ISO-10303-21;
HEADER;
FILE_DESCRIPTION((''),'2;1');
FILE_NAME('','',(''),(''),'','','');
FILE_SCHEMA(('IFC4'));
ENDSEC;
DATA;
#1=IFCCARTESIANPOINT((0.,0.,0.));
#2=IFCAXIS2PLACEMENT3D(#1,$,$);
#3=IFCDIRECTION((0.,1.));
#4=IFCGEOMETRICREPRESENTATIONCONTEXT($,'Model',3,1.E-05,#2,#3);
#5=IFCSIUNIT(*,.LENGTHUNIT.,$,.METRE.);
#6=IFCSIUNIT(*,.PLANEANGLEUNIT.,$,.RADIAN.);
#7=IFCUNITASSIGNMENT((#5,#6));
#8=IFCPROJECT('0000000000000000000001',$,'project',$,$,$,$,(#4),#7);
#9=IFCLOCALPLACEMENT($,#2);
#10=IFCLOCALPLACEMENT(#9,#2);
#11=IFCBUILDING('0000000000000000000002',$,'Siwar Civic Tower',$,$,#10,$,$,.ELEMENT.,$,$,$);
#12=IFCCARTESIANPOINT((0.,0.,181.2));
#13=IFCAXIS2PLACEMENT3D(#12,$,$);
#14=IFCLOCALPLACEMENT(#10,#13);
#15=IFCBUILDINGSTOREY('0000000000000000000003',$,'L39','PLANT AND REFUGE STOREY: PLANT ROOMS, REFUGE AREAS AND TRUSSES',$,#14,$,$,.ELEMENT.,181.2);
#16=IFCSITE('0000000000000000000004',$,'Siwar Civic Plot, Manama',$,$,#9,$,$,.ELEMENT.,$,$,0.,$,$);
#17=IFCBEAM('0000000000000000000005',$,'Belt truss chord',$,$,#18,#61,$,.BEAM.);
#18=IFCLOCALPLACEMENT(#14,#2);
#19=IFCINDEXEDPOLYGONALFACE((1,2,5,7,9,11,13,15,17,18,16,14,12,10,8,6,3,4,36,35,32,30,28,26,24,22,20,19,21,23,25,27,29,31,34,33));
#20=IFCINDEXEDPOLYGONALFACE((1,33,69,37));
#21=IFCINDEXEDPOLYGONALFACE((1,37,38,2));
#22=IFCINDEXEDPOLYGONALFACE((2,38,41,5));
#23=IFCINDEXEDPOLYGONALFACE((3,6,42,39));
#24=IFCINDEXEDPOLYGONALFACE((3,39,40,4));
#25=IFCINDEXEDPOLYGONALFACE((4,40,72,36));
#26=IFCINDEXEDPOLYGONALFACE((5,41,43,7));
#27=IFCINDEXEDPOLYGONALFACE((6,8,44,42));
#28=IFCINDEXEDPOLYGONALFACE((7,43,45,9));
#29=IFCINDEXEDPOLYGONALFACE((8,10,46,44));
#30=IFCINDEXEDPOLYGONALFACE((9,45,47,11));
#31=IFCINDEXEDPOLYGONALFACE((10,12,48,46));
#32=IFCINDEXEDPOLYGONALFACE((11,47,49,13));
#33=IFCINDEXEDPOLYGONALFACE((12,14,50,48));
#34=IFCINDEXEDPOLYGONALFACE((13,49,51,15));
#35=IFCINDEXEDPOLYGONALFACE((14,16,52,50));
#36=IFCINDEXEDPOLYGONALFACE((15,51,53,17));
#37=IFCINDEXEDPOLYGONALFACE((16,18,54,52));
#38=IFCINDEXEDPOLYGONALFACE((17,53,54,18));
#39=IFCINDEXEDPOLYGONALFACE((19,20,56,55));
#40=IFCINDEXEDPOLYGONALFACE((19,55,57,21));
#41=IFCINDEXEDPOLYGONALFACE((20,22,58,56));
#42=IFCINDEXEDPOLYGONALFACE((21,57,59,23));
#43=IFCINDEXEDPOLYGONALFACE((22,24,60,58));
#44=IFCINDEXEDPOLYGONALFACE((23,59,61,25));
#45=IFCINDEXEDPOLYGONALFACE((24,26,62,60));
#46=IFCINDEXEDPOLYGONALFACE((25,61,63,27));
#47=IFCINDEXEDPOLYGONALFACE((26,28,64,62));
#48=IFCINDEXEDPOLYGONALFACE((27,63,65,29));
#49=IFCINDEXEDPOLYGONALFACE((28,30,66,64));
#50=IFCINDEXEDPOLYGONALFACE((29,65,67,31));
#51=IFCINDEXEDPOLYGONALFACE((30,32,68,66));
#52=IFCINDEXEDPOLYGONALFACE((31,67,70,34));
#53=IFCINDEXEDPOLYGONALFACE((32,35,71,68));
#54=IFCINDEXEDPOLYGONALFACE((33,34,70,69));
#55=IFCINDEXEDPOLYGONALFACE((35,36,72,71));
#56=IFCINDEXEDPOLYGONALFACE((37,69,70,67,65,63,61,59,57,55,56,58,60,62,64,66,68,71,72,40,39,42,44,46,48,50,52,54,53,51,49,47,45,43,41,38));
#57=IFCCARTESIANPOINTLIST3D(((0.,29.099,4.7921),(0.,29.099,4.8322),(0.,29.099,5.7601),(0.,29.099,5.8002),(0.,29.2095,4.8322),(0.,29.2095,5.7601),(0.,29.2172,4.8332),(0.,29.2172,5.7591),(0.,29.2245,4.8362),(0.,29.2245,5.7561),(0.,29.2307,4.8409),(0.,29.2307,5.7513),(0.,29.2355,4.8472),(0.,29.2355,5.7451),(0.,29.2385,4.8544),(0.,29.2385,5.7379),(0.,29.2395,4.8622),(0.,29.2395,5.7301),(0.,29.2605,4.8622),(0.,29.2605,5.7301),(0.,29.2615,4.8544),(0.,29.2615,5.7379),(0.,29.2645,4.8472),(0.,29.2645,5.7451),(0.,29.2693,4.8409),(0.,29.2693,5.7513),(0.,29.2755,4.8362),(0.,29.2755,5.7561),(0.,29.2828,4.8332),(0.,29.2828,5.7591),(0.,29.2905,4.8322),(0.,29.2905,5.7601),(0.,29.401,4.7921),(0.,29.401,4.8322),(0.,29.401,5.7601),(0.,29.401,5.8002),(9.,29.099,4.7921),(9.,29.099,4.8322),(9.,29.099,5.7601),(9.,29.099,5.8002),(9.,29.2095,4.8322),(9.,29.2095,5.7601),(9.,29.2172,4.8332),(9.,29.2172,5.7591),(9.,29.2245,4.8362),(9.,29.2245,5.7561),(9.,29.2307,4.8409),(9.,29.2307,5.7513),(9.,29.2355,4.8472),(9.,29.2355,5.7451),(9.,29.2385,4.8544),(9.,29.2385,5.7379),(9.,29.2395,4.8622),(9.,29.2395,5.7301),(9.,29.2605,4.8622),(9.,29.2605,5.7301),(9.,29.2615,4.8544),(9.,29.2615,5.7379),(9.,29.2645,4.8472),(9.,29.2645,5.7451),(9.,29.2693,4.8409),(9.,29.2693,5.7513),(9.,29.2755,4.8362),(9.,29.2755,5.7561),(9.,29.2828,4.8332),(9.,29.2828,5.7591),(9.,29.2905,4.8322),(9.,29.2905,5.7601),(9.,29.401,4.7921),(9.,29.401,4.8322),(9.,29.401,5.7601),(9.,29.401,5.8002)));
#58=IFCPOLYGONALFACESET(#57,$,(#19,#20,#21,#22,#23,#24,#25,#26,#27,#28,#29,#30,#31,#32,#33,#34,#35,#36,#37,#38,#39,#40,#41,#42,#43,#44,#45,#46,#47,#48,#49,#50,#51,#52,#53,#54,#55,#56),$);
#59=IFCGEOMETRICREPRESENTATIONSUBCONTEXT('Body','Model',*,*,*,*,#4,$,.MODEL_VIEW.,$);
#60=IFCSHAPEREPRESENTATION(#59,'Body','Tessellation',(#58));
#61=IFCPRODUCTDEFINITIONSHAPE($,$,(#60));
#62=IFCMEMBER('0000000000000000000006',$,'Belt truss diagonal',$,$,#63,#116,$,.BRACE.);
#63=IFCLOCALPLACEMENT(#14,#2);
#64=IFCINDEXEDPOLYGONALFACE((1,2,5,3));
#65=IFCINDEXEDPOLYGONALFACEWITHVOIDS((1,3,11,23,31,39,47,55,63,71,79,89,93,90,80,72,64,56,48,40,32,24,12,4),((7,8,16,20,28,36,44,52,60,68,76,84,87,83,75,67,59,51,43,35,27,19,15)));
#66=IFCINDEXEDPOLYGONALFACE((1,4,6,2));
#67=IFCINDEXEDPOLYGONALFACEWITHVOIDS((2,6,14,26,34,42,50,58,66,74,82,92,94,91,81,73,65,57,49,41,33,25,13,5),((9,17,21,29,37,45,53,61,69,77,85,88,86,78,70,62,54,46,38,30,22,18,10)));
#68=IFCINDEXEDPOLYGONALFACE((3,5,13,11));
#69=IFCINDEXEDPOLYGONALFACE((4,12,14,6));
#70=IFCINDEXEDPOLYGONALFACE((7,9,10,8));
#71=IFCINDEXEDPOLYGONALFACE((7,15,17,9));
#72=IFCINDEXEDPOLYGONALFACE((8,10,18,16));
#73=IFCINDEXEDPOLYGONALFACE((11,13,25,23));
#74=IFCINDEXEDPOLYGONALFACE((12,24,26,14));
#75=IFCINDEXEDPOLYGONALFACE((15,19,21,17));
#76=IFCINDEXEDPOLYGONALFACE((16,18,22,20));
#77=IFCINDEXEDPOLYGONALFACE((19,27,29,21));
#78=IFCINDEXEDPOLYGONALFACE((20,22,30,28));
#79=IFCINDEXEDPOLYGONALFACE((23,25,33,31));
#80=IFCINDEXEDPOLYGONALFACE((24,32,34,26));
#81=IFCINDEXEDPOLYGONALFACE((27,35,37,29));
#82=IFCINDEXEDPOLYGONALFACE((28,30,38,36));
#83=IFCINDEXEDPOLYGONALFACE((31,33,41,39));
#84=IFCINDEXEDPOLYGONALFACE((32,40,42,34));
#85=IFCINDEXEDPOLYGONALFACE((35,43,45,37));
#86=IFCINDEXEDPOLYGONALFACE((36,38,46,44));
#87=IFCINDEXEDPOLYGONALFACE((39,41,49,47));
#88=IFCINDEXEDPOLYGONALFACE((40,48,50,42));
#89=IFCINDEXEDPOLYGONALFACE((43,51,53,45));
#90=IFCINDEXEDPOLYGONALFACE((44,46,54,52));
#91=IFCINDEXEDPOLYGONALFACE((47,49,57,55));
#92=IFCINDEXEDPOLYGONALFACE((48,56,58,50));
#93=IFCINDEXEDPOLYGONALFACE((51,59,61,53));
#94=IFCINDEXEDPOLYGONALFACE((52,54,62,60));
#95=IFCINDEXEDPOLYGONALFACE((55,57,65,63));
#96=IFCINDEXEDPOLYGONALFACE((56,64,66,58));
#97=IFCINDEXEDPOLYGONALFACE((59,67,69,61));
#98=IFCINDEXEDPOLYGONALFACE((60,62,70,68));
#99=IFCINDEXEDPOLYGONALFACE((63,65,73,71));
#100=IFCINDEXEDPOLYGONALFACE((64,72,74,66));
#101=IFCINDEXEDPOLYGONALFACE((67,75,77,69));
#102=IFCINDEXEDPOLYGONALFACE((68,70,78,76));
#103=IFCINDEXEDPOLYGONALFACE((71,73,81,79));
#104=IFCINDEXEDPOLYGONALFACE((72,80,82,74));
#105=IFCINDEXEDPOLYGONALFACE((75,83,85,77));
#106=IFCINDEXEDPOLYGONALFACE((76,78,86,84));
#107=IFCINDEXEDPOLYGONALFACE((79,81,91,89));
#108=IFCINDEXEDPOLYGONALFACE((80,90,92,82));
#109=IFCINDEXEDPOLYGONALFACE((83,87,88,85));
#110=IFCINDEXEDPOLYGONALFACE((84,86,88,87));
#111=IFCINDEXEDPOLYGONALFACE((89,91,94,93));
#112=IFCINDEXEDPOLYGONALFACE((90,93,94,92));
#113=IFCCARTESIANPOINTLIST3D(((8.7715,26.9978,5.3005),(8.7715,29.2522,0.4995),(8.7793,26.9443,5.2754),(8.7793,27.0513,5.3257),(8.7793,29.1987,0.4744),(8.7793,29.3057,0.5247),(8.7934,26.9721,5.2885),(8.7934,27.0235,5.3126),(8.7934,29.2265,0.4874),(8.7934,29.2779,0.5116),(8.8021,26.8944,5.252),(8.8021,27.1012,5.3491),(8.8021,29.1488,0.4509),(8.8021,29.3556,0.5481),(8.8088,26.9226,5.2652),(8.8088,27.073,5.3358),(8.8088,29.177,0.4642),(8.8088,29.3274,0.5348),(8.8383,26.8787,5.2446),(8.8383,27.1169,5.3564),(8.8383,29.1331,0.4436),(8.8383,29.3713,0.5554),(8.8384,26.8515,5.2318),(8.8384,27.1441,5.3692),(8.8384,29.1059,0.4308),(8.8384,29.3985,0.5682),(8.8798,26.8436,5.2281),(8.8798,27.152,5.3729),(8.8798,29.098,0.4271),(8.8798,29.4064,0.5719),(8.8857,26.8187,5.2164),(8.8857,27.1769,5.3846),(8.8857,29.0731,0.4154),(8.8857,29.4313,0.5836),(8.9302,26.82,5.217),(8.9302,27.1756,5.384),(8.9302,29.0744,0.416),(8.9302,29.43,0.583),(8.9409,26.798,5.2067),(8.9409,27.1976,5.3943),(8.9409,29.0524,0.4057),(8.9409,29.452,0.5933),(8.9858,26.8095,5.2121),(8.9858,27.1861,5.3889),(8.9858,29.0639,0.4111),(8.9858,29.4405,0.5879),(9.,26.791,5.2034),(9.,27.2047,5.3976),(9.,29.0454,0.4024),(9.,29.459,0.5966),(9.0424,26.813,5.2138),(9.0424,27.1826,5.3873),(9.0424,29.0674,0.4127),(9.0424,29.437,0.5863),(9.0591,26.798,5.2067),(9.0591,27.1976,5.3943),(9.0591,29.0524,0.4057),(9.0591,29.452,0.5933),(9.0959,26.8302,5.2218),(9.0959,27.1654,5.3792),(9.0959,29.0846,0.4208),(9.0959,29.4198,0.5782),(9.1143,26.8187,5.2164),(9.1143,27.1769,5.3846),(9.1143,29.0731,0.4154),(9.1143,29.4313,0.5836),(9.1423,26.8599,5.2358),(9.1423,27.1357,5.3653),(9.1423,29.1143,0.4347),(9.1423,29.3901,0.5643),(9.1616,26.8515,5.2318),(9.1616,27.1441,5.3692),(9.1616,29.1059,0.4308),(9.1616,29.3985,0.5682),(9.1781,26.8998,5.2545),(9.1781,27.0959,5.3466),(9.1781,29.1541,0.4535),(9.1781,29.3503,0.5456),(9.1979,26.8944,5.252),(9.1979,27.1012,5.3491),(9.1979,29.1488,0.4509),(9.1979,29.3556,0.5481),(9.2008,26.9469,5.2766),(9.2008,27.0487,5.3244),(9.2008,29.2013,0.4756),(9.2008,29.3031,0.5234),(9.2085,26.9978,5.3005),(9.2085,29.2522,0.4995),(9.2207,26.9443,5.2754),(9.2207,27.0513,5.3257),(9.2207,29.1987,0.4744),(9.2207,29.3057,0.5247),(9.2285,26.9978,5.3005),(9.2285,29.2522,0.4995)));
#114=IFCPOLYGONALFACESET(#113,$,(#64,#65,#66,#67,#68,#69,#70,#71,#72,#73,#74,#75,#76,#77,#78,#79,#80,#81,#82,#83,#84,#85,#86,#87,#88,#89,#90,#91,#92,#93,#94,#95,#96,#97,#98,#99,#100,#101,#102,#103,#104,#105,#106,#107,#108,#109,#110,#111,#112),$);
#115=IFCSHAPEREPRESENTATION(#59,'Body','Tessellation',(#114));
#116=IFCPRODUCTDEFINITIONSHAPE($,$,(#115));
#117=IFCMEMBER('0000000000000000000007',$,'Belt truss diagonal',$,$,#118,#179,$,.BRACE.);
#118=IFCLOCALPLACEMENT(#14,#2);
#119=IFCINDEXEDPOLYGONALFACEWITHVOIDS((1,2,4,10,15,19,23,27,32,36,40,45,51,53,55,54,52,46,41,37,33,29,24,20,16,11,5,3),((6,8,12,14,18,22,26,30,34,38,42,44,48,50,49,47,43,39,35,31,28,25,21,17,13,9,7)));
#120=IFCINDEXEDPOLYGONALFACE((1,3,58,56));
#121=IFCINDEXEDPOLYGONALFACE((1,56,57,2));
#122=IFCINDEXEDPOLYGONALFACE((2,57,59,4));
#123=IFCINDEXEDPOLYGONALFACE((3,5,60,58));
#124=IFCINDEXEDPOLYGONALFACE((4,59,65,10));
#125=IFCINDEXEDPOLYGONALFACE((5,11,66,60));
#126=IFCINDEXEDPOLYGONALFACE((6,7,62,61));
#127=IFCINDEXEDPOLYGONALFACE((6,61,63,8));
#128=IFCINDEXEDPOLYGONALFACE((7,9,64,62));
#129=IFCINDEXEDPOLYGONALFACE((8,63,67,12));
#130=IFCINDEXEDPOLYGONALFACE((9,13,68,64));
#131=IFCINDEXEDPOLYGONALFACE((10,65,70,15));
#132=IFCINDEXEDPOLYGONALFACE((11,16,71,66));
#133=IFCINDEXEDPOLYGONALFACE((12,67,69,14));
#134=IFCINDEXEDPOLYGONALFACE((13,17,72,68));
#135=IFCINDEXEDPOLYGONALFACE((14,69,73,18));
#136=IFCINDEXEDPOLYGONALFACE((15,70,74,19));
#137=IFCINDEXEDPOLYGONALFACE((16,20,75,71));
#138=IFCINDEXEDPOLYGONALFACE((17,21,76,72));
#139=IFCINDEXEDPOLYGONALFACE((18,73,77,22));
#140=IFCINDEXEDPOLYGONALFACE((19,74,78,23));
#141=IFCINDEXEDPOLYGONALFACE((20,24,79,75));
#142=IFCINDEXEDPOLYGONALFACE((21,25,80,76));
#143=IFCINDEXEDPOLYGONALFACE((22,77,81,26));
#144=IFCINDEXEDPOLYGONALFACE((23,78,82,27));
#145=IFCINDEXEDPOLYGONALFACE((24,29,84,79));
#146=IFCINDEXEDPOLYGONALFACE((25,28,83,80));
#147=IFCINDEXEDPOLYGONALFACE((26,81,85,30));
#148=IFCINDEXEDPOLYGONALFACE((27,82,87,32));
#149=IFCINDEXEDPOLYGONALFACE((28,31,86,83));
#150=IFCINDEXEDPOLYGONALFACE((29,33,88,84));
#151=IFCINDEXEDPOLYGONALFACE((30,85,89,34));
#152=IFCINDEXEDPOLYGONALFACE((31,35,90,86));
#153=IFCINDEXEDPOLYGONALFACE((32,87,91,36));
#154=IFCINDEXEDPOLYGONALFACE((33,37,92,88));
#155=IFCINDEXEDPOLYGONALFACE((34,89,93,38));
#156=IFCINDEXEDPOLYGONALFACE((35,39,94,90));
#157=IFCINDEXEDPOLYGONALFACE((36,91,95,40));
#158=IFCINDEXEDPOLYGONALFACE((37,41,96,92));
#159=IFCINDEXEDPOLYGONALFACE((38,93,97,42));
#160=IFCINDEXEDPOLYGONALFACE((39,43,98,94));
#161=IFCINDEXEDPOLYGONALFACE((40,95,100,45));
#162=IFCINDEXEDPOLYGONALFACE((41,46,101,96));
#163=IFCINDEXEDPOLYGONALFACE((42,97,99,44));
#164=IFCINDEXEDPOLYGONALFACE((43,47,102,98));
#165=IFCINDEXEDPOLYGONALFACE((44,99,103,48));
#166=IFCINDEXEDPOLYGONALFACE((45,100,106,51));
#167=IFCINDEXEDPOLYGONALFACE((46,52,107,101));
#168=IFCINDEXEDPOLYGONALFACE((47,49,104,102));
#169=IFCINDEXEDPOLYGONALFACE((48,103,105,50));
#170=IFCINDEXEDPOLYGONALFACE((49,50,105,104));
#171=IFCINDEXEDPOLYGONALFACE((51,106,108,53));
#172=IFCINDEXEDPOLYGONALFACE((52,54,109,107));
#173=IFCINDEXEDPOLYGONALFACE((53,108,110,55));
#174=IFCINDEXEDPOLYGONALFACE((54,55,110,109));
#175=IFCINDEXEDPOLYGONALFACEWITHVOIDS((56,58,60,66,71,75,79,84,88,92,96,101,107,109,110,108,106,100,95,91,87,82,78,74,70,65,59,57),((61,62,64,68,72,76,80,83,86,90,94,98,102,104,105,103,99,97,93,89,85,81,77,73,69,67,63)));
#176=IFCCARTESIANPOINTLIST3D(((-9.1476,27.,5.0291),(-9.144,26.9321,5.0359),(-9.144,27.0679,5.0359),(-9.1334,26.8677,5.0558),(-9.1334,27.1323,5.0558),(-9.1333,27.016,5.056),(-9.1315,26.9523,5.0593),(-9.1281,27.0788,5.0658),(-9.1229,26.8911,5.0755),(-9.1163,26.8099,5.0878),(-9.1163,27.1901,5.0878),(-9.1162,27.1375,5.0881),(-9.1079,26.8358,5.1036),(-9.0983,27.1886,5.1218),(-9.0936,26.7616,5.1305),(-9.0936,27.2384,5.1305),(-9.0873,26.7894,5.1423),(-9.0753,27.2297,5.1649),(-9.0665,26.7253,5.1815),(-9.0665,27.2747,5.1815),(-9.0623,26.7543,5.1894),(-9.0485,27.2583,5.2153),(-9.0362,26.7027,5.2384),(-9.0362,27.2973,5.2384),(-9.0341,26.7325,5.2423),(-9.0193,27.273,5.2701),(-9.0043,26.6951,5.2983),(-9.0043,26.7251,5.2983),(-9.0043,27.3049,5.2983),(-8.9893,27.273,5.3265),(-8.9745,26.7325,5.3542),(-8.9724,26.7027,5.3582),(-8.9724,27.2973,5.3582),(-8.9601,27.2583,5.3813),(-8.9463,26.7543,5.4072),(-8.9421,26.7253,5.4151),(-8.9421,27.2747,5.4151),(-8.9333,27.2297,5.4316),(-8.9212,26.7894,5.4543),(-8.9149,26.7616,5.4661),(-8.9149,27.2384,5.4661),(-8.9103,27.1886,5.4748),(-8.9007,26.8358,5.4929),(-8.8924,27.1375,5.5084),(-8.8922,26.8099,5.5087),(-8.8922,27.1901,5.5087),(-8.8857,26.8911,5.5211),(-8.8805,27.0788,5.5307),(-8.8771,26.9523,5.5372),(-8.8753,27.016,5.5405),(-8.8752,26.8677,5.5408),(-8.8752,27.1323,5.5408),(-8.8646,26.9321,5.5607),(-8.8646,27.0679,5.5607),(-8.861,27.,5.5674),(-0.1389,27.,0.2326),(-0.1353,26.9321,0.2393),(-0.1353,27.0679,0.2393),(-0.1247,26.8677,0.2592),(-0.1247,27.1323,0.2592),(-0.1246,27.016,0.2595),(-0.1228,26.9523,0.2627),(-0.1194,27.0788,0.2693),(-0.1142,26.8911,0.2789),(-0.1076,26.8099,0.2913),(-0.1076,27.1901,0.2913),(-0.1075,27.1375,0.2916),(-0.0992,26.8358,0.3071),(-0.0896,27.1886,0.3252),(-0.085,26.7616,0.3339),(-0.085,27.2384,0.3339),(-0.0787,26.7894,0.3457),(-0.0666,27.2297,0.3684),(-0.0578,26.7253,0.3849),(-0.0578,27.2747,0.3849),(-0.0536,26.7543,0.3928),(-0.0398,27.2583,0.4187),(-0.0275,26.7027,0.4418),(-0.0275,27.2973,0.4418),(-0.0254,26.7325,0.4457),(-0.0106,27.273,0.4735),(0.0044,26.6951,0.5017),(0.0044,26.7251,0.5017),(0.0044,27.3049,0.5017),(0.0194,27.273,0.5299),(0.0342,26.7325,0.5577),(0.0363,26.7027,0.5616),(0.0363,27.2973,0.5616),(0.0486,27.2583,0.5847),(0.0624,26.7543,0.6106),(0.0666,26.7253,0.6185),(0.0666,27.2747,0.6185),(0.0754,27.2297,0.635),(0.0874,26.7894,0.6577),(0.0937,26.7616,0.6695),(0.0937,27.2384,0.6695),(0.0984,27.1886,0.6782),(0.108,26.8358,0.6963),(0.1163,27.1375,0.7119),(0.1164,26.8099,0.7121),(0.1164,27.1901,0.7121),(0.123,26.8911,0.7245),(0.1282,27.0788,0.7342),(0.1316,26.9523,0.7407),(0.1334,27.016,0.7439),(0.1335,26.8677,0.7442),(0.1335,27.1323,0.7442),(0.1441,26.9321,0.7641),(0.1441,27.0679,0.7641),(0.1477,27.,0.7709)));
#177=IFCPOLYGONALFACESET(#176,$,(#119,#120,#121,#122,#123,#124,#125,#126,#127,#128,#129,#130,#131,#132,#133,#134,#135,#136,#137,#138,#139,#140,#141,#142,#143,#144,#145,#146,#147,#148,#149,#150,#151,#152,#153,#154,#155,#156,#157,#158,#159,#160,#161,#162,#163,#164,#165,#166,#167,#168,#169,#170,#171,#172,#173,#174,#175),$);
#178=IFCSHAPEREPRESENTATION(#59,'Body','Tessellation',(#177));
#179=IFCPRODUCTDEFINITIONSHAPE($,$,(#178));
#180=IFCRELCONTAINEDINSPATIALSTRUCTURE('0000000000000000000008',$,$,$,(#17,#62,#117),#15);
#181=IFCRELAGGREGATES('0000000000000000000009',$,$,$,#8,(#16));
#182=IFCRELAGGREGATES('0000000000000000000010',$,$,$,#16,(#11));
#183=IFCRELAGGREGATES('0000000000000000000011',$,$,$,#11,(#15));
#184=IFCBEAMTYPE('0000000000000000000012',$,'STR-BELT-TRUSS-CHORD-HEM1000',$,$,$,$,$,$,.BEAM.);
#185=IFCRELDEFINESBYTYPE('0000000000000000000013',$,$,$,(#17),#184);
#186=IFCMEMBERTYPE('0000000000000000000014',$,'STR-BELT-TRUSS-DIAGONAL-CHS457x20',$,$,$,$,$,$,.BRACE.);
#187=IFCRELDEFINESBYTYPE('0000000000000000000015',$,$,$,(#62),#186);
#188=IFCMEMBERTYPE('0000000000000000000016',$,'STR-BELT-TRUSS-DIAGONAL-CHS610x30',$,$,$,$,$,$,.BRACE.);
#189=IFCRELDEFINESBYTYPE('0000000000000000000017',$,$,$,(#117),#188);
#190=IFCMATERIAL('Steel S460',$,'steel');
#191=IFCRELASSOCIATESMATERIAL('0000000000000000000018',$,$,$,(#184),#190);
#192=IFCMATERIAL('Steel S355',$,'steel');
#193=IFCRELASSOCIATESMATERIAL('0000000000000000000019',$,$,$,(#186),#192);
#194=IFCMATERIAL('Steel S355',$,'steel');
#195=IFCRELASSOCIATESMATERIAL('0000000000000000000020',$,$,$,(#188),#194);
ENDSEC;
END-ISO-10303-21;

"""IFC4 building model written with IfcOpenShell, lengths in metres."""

from ifc_helpers import new_model, si_unit, direction, frame, origin, origin_2d, place, context, subcontext, project, spatial, hollow_circle, i_section, extrude, material, material_profile, profile_set, type_object, element, save


model = new_model("IFC4")

# Units and contexts
model_context = context("Model", 3, precision=1e-05, world=origin(), true_north=direction((0.0, 1.0)))
body_context = subcontext(model_context, "Body", "Model", "MODEL_VIEW")
ifc_project = project(units=[si_unit("LENGTHUNIT", "METRE"), si_unit("PLANEANGLEUNIT", "RADIAN")], contexts=[model_context])

# Site, building, storey
site_placement = place(None, origin())
site = spatial("IfcSite", under=ifc_project, at=site_placement, Name="Siwar Civic Plot, Manama", CompositionType="ELEMENT", RefElevation=0.0)
building_placement = place(site_placement, origin())
building = spatial("IfcBuilding", under=site, at=building_placement, Name="Siwar Civic Tower", CompositionType="ELEMENT")
storey_placement = place(building_placement, frame((0.0, 0.0, 181.2)))
storey = spatial("IfcBuildingStorey", under=building, at=storey_placement, Name="L39", Description="PLANT AND REFUGE STOREY: PLANT ROOMS, REFUGE AREAS AND TRUSSES", CompositionType="ELEMENT", Elevation=181.2)

# Beam
ifc_material_1 = material(Name="Steel S460", Category="steel")
ifc_material_profile_1 = material_profile(ifc_material_1, i_section(OverallWidth=0.302, OverallDepth=1.0081, WebThickness=0.021, FlangeThickness=0.04, FilletRadius=0.03, at=origin_2d()), Name="HEM1000")
ifc_profile_set_1 = profile_set([ifc_material_profile_1], Name="Steel S460")
beam_type_1 = type_object("IfcBeamType", Name="STR-BELT-TRUSS-CHORD-HEM1000", PredefinedType="BEAM", material=ifc_profile_set_1)
for number, where, z_axis, x_axis, name in (
    (1, (9.0, 29.25, 5.2961), (-1.0, 0.0, 0.0), (0.0, -1.0, 0.0), "Belt truss chord"),
):
    element("IfcBeam", number, at=place(storey_placement, frame(where, z_axis=z_axis, x_axis=x_axis)), inside=storey, type_object=beam_type_1, Name=name, PredefinedType="BEAM", context=body_context, shape_type="SweptSolid", body=[
        extrude(i_section(OverallWidth=0.302, OverallDepth=1.0081, WebThickness=0.021, FlangeThickness=0.04, FilletRadius=0.03, at=origin_2d()), origin(), (0.0, 0.0, 1.0), 9.0),
    ])

# Members
ifc_material_2 = material(Name="Steel S355", Category="steel")
ifc_material_profile_2 = material_profile(ifc_material_2, hollow_circle(Radius=0.2285, WallThickness=0.02, at=origin_2d()), Name="CHS457x20")
ifc_profile_set_2 = profile_set([ifc_material_profile_2], Name="Steel S355")
member_type_1 = type_object("IfcMemberType", Name="STR-BELT-TRUSS-DIAGONAL-CHS457x20", PredefinedType="BRACE", material=ifc_profile_set_2)
member_1_placement = place(storey_placement, frame((9.0, 29.2522, 0.4995), z_axis=(0.0, -0.425039, 0.905175), x_axis=(1.0, 0.0, 0.0)))
element("IfcMember", 2, at=member_1_placement, inside=storey, type_object=member_type_1, Name="Belt truss diagonal", PredefinedType="BRACE", context=body_context, shape_type="SweptSolid", body=[
    extrude(hollow_circle(Radius=0.2285, WallThickness=0.02, at=origin_2d()), origin(), (0.0, 0.0, 1.0), 5.304),
])
ifc_material_3 = material(Name="Steel S355", Category="steel")
ifc_material_profile_3 = material_profile(ifc_material_3, hollow_circle(Radius=0.3049, WallThickness=0.03, at=origin_2d()), Name="CHS610x30")
ifc_profile_set_3 = profile_set([ifc_material_profile_3], Name="Steel S355")
member_type_2 = type_object("IfcMemberType", Name="STR-BELT-TRUSS-DIAGONAL-CHS610x30", PredefinedType="BRACE", material=ifc_profile_set_3)
for number, where, z_axis, x_axis, name in (
    (3, (0.0044, 27.0, 0.5017), (-0.882681, 0.0, 0.469974), (0.0, -1.0, 0.0), "Belt truss diagonal"),
):
    element("IfcMember", number, at=place(storey_placement, frame(where, z_axis=z_axis, x_axis=x_axis)), inside=storey, type_object=member_type_2, Name=name, PredefinedType="BRACE", context=body_context, shape_type="SweptSolid", body=[
        extrude(hollow_circle(Radius=0.3049, WallThickness=0.03, at=origin_2d()), origin(), (0.0, 0.0, 1.0), 10.2061),
    ])

save(model, "model.ifc")
